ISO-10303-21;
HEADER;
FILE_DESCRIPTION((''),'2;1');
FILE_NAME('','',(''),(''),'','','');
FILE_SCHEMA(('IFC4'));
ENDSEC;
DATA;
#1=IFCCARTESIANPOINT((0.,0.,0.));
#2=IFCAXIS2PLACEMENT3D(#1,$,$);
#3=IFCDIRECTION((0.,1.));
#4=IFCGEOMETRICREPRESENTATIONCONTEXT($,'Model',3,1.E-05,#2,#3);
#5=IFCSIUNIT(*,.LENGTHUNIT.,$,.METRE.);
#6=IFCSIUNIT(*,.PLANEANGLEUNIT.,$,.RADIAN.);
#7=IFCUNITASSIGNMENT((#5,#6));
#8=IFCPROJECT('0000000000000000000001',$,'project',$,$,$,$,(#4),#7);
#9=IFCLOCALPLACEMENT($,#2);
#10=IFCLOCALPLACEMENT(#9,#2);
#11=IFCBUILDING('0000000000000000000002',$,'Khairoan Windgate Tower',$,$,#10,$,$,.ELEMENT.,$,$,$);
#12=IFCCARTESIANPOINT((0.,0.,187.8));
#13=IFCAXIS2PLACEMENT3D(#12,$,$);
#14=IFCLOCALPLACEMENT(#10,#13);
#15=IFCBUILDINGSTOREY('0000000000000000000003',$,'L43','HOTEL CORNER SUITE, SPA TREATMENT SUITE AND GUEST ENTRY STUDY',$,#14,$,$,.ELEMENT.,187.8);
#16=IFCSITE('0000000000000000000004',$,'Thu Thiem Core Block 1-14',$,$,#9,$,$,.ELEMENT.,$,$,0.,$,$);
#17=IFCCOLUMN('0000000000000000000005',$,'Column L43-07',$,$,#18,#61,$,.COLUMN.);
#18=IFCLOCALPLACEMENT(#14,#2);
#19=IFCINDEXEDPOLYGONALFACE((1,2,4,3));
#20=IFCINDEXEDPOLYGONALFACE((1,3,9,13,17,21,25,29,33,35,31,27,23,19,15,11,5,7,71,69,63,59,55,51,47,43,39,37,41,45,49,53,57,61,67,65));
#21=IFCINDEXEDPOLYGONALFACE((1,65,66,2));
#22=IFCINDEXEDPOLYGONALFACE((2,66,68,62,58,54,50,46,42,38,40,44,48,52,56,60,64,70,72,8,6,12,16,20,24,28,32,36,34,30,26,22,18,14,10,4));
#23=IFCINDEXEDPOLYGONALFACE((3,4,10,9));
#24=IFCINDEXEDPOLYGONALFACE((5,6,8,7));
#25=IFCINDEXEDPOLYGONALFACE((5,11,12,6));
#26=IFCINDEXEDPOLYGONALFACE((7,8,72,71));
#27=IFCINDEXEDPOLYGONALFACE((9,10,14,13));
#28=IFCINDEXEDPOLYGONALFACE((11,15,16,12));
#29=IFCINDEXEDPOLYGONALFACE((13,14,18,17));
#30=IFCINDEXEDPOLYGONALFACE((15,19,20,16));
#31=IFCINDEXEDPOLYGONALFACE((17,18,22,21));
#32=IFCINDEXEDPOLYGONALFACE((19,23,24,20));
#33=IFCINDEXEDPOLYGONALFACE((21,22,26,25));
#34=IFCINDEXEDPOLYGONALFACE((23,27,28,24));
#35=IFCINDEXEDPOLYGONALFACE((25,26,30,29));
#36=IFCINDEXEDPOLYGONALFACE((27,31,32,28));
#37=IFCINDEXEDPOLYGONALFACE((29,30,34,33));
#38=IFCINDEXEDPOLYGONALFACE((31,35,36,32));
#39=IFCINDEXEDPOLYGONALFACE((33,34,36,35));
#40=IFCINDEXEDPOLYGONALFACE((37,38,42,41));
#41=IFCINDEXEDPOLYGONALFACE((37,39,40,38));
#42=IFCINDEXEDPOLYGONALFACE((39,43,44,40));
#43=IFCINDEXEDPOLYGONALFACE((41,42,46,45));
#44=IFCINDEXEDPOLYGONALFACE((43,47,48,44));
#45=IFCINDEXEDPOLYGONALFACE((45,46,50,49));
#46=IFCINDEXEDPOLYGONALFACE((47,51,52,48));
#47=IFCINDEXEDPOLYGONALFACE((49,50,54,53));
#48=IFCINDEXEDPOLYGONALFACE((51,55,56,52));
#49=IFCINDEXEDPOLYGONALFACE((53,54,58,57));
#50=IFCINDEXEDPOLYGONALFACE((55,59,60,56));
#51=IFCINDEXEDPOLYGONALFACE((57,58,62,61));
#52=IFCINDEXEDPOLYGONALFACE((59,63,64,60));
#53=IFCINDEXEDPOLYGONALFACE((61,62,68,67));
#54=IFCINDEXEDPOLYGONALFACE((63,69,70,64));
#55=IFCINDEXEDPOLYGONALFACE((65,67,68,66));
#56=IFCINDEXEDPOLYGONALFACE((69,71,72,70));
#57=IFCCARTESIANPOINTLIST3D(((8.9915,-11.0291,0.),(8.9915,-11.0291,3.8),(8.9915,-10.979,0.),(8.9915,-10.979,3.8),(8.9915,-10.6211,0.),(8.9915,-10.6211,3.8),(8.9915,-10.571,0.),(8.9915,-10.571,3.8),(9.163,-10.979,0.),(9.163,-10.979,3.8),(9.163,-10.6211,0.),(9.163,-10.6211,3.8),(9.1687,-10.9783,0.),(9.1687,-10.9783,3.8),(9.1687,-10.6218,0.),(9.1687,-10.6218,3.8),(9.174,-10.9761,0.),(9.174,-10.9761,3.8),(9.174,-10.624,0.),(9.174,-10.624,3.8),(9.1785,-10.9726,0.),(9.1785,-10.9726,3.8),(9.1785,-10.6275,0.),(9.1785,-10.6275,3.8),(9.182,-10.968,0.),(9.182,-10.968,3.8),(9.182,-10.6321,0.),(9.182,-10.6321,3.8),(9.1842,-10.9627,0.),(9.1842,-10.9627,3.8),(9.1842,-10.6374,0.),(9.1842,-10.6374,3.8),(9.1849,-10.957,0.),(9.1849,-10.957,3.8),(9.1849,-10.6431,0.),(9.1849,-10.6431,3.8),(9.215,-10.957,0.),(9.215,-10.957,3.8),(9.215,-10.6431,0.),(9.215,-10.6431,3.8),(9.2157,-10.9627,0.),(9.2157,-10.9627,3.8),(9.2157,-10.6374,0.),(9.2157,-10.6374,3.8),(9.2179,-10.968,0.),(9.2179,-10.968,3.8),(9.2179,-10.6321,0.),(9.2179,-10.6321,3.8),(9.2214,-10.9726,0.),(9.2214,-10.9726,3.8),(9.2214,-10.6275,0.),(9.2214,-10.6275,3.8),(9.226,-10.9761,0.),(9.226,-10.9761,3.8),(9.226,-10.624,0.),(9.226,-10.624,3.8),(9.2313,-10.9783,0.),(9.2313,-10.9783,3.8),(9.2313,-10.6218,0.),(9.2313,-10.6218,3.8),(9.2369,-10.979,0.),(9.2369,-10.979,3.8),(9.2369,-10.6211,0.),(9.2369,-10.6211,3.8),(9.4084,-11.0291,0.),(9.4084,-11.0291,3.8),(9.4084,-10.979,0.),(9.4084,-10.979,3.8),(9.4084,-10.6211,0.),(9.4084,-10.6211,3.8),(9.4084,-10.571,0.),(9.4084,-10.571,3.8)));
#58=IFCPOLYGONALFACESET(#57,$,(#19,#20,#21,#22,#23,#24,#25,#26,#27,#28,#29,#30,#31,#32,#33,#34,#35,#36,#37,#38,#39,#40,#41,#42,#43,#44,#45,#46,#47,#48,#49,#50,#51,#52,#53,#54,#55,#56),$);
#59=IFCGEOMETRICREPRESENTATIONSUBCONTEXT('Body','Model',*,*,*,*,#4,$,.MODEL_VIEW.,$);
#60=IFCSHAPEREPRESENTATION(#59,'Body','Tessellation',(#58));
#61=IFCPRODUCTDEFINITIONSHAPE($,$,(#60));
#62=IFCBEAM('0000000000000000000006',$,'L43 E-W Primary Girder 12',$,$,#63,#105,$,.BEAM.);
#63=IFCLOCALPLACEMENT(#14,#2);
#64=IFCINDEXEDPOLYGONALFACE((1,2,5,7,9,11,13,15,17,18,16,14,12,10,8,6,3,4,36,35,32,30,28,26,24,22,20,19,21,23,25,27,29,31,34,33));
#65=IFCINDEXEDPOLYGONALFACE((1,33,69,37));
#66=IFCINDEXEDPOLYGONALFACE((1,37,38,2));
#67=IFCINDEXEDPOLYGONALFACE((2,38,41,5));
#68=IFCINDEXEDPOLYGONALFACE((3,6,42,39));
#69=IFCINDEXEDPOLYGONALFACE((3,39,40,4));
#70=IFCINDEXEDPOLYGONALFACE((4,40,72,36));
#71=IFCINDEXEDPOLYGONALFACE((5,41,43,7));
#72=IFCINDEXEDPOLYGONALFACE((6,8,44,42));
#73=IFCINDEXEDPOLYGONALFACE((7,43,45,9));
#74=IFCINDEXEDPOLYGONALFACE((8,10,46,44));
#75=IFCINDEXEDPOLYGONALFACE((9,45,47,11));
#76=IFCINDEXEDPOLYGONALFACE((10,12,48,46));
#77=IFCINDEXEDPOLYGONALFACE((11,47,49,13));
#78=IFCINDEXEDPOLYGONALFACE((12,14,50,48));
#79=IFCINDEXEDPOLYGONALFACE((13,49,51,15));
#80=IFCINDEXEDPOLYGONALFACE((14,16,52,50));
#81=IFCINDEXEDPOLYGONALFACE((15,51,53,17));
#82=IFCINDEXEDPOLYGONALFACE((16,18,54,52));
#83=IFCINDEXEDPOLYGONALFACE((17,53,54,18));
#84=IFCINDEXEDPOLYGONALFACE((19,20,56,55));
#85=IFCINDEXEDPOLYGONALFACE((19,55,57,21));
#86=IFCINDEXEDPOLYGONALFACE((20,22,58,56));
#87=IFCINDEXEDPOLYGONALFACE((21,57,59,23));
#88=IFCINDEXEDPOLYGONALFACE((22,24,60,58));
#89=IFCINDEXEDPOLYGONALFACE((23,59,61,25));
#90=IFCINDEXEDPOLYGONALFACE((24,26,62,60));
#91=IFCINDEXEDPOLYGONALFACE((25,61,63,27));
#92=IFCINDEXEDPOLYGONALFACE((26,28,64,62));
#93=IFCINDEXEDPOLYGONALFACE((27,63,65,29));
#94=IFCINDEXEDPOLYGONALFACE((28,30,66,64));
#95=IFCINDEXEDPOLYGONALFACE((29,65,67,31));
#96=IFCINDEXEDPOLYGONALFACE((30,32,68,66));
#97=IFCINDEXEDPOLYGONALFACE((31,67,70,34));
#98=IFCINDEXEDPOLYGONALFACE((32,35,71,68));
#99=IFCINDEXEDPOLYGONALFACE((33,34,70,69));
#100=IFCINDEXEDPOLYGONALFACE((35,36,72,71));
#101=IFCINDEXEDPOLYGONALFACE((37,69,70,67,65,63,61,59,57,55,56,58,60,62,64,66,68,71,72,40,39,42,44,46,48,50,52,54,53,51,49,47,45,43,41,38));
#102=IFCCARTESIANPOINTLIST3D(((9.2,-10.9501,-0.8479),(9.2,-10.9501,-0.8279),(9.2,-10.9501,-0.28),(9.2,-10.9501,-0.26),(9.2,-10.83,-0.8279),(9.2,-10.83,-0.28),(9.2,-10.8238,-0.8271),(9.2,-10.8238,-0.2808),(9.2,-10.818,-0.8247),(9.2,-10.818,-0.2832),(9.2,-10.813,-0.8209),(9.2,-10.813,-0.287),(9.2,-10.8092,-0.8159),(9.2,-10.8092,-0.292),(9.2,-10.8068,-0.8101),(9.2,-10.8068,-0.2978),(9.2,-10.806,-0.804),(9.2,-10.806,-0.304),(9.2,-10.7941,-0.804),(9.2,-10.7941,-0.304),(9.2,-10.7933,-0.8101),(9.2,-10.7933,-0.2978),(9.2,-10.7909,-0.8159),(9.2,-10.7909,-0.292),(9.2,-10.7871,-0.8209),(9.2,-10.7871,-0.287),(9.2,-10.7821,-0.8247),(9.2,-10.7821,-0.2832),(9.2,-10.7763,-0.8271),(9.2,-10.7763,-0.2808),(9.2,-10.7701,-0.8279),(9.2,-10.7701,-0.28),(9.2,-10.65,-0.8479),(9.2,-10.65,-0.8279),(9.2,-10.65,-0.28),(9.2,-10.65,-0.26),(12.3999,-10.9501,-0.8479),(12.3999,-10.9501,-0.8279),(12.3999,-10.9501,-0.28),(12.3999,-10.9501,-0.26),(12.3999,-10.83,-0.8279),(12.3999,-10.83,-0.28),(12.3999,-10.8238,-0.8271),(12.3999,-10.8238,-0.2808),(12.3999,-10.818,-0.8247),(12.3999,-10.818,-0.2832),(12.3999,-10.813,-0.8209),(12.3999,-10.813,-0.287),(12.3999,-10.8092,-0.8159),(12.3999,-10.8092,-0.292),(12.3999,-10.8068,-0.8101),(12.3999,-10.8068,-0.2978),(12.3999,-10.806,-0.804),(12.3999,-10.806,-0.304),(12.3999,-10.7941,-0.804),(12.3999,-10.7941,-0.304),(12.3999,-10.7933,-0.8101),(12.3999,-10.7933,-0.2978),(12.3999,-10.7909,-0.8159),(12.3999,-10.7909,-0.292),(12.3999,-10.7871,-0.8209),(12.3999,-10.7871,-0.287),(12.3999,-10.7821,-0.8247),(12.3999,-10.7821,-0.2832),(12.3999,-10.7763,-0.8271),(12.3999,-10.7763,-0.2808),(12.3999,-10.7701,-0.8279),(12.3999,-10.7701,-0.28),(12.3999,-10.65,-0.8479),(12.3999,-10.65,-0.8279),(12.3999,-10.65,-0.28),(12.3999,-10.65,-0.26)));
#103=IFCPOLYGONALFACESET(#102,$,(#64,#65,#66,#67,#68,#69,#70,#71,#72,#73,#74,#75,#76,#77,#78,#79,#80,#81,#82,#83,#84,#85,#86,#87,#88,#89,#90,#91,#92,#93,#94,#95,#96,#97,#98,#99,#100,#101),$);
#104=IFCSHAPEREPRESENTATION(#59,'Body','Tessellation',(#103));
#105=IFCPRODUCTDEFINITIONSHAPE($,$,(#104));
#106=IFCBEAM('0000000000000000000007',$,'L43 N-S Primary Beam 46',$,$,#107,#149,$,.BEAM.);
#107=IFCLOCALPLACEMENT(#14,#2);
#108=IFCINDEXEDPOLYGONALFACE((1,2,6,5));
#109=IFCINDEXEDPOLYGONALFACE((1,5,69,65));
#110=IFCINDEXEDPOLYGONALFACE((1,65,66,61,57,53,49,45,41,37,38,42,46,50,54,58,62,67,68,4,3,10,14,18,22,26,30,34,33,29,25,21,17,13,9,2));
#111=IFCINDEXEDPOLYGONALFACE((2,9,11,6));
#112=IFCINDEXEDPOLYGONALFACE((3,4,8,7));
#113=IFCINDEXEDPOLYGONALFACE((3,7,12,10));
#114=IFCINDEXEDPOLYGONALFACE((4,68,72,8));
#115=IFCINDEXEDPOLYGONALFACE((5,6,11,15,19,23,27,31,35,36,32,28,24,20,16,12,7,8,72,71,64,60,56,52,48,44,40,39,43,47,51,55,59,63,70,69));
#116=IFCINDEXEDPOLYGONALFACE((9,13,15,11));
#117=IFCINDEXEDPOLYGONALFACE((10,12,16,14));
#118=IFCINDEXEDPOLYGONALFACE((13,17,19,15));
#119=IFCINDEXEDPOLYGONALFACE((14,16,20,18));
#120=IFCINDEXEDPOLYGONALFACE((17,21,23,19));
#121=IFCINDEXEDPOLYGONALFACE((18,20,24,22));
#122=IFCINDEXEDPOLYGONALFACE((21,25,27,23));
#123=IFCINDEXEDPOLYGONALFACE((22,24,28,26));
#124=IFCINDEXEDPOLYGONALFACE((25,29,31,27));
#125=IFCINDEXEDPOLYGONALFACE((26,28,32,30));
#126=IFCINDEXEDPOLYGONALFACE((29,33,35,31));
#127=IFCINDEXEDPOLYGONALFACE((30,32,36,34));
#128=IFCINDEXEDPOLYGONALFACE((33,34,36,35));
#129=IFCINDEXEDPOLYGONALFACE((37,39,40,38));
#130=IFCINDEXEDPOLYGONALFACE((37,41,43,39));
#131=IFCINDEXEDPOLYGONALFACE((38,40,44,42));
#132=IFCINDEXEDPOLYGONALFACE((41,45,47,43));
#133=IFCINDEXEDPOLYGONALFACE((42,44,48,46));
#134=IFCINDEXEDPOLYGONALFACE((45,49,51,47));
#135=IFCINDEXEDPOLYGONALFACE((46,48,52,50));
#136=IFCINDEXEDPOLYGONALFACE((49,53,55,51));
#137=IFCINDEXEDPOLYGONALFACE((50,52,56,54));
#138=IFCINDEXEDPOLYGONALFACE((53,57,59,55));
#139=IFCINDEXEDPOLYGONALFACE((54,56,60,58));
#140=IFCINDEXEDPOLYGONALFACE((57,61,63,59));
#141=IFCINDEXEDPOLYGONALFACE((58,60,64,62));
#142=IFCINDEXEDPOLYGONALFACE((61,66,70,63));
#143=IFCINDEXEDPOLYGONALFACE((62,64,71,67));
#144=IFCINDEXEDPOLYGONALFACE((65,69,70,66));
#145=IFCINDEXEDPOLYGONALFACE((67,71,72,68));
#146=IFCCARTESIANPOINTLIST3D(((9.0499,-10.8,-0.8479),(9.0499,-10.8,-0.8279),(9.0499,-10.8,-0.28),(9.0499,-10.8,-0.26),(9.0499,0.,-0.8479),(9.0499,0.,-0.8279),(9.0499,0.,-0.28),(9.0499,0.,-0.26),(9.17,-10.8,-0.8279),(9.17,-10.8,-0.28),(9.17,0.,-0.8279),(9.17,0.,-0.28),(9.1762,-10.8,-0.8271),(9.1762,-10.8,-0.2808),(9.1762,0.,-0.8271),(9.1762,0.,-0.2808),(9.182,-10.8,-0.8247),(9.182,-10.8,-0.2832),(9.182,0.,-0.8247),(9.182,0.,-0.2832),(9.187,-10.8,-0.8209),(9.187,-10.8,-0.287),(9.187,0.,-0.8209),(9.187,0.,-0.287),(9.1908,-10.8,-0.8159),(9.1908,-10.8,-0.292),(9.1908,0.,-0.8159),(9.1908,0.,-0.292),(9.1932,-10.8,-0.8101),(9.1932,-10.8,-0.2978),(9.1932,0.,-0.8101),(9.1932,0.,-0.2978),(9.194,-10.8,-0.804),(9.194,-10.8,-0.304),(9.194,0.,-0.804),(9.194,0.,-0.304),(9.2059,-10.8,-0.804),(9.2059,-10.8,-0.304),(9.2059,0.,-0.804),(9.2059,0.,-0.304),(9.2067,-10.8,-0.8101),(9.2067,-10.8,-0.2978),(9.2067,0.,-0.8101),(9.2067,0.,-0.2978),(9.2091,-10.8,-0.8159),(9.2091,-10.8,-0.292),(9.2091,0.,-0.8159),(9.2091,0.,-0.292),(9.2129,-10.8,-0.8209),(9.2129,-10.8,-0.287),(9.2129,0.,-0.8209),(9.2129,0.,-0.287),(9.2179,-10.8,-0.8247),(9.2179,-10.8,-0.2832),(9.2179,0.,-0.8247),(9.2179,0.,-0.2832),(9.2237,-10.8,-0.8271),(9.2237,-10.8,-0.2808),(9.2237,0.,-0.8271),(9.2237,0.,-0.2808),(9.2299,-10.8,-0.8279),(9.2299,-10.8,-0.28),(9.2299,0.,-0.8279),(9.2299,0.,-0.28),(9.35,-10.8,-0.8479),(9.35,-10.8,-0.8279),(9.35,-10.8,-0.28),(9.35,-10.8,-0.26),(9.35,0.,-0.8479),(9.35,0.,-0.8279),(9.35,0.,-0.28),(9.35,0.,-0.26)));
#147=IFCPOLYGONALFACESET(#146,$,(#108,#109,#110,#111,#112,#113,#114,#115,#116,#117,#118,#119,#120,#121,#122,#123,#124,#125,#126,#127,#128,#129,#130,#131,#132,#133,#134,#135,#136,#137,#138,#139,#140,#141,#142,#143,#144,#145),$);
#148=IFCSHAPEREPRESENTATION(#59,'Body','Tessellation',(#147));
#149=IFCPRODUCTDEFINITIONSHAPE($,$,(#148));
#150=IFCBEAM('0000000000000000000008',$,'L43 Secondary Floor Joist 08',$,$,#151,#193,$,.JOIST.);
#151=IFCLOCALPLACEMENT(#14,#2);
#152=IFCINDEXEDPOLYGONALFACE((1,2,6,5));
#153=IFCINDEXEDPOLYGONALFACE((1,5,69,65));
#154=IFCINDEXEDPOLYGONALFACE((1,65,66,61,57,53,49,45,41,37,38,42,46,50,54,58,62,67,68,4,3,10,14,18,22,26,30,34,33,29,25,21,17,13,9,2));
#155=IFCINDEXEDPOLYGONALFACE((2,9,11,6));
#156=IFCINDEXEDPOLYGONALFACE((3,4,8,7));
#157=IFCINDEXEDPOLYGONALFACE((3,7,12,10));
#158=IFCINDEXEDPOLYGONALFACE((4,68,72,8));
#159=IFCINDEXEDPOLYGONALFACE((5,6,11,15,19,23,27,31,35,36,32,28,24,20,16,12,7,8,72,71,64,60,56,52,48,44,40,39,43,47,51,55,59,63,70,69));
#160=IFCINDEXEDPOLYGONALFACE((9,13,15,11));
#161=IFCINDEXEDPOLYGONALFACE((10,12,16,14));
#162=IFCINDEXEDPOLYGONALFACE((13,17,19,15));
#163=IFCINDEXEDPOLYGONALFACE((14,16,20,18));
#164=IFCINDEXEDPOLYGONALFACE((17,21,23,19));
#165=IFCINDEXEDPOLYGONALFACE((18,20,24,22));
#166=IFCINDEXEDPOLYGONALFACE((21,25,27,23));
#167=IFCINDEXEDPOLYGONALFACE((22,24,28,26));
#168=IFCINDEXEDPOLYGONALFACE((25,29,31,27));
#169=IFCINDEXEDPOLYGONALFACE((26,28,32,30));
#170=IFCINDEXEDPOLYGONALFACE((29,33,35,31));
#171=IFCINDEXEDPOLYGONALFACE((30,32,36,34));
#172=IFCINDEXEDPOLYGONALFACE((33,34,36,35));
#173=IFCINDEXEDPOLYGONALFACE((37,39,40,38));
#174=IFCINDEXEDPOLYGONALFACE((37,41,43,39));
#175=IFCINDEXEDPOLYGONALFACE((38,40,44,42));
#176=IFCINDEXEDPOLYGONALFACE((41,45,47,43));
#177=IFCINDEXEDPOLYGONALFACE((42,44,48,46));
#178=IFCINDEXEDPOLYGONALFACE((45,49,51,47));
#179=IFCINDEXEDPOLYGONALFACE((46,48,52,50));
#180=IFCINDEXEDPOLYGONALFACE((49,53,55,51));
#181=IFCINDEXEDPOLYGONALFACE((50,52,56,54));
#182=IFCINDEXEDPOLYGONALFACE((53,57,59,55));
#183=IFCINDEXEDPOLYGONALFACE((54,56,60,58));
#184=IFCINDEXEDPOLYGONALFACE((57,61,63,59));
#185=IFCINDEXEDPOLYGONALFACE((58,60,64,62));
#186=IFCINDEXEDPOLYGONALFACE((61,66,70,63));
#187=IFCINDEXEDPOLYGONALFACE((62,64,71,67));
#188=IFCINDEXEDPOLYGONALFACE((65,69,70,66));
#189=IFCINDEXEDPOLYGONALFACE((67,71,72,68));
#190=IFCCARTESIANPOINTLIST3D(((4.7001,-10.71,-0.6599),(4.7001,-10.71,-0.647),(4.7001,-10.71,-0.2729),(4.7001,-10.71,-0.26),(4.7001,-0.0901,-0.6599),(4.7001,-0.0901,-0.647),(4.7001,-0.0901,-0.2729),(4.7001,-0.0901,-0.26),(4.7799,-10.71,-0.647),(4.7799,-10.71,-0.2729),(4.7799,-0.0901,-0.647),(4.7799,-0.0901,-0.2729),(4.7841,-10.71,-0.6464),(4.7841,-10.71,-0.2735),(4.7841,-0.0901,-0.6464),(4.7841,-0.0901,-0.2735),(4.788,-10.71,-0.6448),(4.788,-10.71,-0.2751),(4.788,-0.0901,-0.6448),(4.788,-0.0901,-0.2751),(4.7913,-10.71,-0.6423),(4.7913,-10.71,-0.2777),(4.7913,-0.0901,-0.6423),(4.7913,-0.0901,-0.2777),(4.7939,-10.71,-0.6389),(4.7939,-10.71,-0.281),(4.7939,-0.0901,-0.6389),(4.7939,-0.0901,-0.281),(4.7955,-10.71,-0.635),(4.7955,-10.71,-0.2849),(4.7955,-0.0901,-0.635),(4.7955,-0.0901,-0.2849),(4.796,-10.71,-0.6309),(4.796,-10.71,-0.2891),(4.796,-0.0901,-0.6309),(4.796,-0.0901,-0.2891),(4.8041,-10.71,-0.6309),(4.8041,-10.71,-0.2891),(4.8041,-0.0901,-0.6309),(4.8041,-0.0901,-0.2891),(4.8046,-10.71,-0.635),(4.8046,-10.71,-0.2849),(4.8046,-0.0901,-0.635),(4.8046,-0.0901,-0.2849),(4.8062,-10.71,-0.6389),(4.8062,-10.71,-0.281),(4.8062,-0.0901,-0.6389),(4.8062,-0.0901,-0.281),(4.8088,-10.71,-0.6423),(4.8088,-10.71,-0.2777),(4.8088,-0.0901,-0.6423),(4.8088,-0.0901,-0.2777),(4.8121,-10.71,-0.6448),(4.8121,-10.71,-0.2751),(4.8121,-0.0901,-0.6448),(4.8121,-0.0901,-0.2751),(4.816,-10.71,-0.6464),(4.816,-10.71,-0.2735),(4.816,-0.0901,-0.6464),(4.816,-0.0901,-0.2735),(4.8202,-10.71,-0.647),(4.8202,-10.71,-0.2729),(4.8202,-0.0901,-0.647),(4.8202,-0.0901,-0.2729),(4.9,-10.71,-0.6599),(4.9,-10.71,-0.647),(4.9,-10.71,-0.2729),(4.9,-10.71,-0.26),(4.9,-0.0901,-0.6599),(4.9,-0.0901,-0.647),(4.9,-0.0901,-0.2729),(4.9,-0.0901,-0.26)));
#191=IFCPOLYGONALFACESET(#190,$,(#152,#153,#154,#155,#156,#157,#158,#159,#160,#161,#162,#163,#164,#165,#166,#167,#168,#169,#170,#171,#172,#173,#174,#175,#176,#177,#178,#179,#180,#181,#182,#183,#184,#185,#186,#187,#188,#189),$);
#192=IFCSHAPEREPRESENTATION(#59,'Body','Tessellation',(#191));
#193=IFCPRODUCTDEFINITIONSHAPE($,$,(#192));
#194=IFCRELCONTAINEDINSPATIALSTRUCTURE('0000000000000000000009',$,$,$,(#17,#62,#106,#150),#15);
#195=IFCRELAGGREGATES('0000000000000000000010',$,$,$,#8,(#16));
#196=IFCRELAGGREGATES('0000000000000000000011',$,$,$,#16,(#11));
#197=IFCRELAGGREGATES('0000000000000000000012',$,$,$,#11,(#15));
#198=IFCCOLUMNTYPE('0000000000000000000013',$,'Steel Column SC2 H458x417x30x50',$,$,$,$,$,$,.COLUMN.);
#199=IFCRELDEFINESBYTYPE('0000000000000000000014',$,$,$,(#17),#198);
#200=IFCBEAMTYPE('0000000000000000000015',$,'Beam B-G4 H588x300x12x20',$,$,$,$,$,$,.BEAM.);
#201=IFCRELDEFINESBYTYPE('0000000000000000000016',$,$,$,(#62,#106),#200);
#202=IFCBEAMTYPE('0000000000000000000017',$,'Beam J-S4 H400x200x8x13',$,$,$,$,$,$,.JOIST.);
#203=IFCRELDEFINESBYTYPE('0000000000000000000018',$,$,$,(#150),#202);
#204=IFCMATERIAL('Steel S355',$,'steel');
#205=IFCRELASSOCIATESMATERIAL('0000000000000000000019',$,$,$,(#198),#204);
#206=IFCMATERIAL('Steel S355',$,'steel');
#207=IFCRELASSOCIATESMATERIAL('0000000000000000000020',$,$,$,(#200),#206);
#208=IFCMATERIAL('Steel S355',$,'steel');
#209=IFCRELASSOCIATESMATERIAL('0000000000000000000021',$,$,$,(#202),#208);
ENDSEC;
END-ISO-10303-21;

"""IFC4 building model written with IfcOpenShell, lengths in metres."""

from ifc_helpers import new_model, si_unit, direction, frame, origin, origin_2d, place, context, subcontext, project, spatial, i_section, extrude, material, material_profile, profile_set, type_object, element, save


model = new_model("IFC4")

# Units and contexts
model_context = context("Model", 3, precision=1e-05, world=origin(), true_north=direction((0.0, 1.0)))
body_context = subcontext(model_context, "Body", "Model", "MODEL_VIEW")
ifc_project = project(units=[si_unit("LENGTHUNIT", "METRE"), si_unit("PLANEANGLEUNIT", "RADIAN")], contexts=[model_context])

# Site, building, storey
site_placement = place(None, origin())
site = spatial("IfcSite", under=ifc_project, at=site_placement, Name="Thu Thiem Core Block 1-14", CompositionType="ELEMENT", RefElevation=0.0)
building_placement = place(site_placement, origin())
building = spatial("IfcBuilding", under=site, at=building_placement, Name="Khairoan Windgate Tower", CompositionType="ELEMENT")
storey_placement = place(building_placement, frame((0.0, 0.0, 187.8)))
storey = spatial("IfcBuildingStorey", under=building, at=storey_placement, Name="L43", Description="HOTEL CORNER SUITE, SPA TREATMENT SUITE AND GUEST ENTRY STUDY", CompositionType="ELEMENT", Elevation=187.8)

# Column
ifc_material_1 = material(Name="Steel S355", Category="steel")
ifc_material_profile_1 = material_profile(ifc_material_1, i_section(OverallWidth=0.417, OverallDepth=0.458, WebThickness=0.03, FlangeThickness=0.05, FilletRadius=0.022, at=origin_2d()))
ifc_profile_set_1 = profile_set([ifc_material_profile_1], Name="Steel S355")
column_type = type_object("IfcColumnType", Name="Steel Column SC2 H458x417x30x50", PredefinedType="COLUMN", material=ifc_profile_set_1)
column_placement = place(storey_placement, frame((9.2, -10.8, 0.0), z_axis=(0.0, 0.0, 1.0), x_axis=(1.0, 0.0, 0.0)))
element("IfcColumn", 1, at=column_placement, inside=storey, type_object=column_type, Name="Column L43-07", PredefinedType="COLUMN", context=body_context, shape_type="SweptSolid", body=[
    extrude(i_section(OverallWidth=0.417, OverallDepth=0.458, WebThickness=0.03, FlangeThickness=0.05, FilletRadius=0.022, at=origin_2d()), origin(), (0.0, 0.0, 1.0), 3.8),
])

# Beams
ifc_material_2 = material(Name="Steel S355", Category="steel")
ifc_material_profile_2 = material_profile(ifc_material_2, i_section(OverallWidth=0.3, OverallDepth=0.5879, WebThickness=0.012, FlangeThickness=0.02, FilletRadius=0.0239, at=origin_2d()))
ifc_profile_set_2 = profile_set([ifc_material_profile_2], Name="Steel S355")
beam_type_1 = type_object("IfcBeamType", Name="Beam B-G4 H588x300x12x20", PredefinedType="BEAM", material=ifc_profile_set_2)
beam_1_placement = place(storey_placement, frame((9.2, -10.8, -0.554), z_axis=(1.0, 0.0, 0.0), x_axis=(0.0, 1.0, 0.0)))
element("IfcBeam", 2, at=beam_1_placement, inside=storey, type_object=beam_type_1, Name="L43 E-W Primary Girder 12", PredefinedType="BEAM", context=body_context, shape_type="SweptSolid", body=[
    extrude(i_section(OverallWidth=0.3, OverallDepth=0.5879, WebThickness=0.012, FlangeThickness=0.02, FilletRadius=0.0239, at=origin_2d()), origin(), (0.0, 0.0, 1.0), 3.2),
])
beam_2_placement = place(storey_placement, frame((9.2, -10.8, -0.554), z_axis=(0.0, 1.0, 0.0), x_axis=(-1.0, 0.0, 0.0)))
element("IfcBeam", 3, at=beam_2_placement, inside=storey, type_object=beam_type_1, Name="L43 N-S Primary Beam 46", PredefinedType="BEAM", context=body_context, shape_type="SweptSolid", body=[
    extrude(i_section(OverallWidth=0.3, OverallDepth=0.5879, WebThickness=0.012, FlangeThickness=0.02, FilletRadius=0.0239, at=origin_2d()), origin(), (0.0, 0.0, 1.0), 10.8),
])
ifc_material_3 = material(Name="Steel S355", Category="steel")
ifc_material_profile_3 = material_profile(ifc_material_3, i_section(OverallWidth=0.2, OverallDepth=0.3999, WebThickness=0.0081, FlangeThickness=0.0129, FilletRadius=0.0161, at=origin_2d()))
ifc_profile_set_3 = profile_set([ifc_material_profile_3], Name="Steel S355")
beam_type_2 = type_object("IfcBeamType", Name="Beam J-S4 H400x200x8x13", PredefinedType="JOIST", material=ifc_profile_set_3)
beam_3_placement = place(storey_placement, frame((4.8, -10.71, -0.46), z_axis=(0.0, 1.0, 0.0), x_axis=(-1.0, 0.0, 0.0)))
element("IfcBeam", 4, at=beam_3_placement, inside=storey, type_object=beam_type_2, Name="L43 Secondary Floor Joist 08", PredefinedType="JOIST", context=body_context, shape_type="SweptSolid", body=[
    extrude(i_section(OverallWidth=0.2, OverallDepth=0.3999, WebThickness=0.0081, FlangeThickness=0.0129, FilletRadius=0.0161, at=origin_2d()), origin(), (0.0, 0.0, 1.0), 10.6199),
])

save(model, "model.ifc")
